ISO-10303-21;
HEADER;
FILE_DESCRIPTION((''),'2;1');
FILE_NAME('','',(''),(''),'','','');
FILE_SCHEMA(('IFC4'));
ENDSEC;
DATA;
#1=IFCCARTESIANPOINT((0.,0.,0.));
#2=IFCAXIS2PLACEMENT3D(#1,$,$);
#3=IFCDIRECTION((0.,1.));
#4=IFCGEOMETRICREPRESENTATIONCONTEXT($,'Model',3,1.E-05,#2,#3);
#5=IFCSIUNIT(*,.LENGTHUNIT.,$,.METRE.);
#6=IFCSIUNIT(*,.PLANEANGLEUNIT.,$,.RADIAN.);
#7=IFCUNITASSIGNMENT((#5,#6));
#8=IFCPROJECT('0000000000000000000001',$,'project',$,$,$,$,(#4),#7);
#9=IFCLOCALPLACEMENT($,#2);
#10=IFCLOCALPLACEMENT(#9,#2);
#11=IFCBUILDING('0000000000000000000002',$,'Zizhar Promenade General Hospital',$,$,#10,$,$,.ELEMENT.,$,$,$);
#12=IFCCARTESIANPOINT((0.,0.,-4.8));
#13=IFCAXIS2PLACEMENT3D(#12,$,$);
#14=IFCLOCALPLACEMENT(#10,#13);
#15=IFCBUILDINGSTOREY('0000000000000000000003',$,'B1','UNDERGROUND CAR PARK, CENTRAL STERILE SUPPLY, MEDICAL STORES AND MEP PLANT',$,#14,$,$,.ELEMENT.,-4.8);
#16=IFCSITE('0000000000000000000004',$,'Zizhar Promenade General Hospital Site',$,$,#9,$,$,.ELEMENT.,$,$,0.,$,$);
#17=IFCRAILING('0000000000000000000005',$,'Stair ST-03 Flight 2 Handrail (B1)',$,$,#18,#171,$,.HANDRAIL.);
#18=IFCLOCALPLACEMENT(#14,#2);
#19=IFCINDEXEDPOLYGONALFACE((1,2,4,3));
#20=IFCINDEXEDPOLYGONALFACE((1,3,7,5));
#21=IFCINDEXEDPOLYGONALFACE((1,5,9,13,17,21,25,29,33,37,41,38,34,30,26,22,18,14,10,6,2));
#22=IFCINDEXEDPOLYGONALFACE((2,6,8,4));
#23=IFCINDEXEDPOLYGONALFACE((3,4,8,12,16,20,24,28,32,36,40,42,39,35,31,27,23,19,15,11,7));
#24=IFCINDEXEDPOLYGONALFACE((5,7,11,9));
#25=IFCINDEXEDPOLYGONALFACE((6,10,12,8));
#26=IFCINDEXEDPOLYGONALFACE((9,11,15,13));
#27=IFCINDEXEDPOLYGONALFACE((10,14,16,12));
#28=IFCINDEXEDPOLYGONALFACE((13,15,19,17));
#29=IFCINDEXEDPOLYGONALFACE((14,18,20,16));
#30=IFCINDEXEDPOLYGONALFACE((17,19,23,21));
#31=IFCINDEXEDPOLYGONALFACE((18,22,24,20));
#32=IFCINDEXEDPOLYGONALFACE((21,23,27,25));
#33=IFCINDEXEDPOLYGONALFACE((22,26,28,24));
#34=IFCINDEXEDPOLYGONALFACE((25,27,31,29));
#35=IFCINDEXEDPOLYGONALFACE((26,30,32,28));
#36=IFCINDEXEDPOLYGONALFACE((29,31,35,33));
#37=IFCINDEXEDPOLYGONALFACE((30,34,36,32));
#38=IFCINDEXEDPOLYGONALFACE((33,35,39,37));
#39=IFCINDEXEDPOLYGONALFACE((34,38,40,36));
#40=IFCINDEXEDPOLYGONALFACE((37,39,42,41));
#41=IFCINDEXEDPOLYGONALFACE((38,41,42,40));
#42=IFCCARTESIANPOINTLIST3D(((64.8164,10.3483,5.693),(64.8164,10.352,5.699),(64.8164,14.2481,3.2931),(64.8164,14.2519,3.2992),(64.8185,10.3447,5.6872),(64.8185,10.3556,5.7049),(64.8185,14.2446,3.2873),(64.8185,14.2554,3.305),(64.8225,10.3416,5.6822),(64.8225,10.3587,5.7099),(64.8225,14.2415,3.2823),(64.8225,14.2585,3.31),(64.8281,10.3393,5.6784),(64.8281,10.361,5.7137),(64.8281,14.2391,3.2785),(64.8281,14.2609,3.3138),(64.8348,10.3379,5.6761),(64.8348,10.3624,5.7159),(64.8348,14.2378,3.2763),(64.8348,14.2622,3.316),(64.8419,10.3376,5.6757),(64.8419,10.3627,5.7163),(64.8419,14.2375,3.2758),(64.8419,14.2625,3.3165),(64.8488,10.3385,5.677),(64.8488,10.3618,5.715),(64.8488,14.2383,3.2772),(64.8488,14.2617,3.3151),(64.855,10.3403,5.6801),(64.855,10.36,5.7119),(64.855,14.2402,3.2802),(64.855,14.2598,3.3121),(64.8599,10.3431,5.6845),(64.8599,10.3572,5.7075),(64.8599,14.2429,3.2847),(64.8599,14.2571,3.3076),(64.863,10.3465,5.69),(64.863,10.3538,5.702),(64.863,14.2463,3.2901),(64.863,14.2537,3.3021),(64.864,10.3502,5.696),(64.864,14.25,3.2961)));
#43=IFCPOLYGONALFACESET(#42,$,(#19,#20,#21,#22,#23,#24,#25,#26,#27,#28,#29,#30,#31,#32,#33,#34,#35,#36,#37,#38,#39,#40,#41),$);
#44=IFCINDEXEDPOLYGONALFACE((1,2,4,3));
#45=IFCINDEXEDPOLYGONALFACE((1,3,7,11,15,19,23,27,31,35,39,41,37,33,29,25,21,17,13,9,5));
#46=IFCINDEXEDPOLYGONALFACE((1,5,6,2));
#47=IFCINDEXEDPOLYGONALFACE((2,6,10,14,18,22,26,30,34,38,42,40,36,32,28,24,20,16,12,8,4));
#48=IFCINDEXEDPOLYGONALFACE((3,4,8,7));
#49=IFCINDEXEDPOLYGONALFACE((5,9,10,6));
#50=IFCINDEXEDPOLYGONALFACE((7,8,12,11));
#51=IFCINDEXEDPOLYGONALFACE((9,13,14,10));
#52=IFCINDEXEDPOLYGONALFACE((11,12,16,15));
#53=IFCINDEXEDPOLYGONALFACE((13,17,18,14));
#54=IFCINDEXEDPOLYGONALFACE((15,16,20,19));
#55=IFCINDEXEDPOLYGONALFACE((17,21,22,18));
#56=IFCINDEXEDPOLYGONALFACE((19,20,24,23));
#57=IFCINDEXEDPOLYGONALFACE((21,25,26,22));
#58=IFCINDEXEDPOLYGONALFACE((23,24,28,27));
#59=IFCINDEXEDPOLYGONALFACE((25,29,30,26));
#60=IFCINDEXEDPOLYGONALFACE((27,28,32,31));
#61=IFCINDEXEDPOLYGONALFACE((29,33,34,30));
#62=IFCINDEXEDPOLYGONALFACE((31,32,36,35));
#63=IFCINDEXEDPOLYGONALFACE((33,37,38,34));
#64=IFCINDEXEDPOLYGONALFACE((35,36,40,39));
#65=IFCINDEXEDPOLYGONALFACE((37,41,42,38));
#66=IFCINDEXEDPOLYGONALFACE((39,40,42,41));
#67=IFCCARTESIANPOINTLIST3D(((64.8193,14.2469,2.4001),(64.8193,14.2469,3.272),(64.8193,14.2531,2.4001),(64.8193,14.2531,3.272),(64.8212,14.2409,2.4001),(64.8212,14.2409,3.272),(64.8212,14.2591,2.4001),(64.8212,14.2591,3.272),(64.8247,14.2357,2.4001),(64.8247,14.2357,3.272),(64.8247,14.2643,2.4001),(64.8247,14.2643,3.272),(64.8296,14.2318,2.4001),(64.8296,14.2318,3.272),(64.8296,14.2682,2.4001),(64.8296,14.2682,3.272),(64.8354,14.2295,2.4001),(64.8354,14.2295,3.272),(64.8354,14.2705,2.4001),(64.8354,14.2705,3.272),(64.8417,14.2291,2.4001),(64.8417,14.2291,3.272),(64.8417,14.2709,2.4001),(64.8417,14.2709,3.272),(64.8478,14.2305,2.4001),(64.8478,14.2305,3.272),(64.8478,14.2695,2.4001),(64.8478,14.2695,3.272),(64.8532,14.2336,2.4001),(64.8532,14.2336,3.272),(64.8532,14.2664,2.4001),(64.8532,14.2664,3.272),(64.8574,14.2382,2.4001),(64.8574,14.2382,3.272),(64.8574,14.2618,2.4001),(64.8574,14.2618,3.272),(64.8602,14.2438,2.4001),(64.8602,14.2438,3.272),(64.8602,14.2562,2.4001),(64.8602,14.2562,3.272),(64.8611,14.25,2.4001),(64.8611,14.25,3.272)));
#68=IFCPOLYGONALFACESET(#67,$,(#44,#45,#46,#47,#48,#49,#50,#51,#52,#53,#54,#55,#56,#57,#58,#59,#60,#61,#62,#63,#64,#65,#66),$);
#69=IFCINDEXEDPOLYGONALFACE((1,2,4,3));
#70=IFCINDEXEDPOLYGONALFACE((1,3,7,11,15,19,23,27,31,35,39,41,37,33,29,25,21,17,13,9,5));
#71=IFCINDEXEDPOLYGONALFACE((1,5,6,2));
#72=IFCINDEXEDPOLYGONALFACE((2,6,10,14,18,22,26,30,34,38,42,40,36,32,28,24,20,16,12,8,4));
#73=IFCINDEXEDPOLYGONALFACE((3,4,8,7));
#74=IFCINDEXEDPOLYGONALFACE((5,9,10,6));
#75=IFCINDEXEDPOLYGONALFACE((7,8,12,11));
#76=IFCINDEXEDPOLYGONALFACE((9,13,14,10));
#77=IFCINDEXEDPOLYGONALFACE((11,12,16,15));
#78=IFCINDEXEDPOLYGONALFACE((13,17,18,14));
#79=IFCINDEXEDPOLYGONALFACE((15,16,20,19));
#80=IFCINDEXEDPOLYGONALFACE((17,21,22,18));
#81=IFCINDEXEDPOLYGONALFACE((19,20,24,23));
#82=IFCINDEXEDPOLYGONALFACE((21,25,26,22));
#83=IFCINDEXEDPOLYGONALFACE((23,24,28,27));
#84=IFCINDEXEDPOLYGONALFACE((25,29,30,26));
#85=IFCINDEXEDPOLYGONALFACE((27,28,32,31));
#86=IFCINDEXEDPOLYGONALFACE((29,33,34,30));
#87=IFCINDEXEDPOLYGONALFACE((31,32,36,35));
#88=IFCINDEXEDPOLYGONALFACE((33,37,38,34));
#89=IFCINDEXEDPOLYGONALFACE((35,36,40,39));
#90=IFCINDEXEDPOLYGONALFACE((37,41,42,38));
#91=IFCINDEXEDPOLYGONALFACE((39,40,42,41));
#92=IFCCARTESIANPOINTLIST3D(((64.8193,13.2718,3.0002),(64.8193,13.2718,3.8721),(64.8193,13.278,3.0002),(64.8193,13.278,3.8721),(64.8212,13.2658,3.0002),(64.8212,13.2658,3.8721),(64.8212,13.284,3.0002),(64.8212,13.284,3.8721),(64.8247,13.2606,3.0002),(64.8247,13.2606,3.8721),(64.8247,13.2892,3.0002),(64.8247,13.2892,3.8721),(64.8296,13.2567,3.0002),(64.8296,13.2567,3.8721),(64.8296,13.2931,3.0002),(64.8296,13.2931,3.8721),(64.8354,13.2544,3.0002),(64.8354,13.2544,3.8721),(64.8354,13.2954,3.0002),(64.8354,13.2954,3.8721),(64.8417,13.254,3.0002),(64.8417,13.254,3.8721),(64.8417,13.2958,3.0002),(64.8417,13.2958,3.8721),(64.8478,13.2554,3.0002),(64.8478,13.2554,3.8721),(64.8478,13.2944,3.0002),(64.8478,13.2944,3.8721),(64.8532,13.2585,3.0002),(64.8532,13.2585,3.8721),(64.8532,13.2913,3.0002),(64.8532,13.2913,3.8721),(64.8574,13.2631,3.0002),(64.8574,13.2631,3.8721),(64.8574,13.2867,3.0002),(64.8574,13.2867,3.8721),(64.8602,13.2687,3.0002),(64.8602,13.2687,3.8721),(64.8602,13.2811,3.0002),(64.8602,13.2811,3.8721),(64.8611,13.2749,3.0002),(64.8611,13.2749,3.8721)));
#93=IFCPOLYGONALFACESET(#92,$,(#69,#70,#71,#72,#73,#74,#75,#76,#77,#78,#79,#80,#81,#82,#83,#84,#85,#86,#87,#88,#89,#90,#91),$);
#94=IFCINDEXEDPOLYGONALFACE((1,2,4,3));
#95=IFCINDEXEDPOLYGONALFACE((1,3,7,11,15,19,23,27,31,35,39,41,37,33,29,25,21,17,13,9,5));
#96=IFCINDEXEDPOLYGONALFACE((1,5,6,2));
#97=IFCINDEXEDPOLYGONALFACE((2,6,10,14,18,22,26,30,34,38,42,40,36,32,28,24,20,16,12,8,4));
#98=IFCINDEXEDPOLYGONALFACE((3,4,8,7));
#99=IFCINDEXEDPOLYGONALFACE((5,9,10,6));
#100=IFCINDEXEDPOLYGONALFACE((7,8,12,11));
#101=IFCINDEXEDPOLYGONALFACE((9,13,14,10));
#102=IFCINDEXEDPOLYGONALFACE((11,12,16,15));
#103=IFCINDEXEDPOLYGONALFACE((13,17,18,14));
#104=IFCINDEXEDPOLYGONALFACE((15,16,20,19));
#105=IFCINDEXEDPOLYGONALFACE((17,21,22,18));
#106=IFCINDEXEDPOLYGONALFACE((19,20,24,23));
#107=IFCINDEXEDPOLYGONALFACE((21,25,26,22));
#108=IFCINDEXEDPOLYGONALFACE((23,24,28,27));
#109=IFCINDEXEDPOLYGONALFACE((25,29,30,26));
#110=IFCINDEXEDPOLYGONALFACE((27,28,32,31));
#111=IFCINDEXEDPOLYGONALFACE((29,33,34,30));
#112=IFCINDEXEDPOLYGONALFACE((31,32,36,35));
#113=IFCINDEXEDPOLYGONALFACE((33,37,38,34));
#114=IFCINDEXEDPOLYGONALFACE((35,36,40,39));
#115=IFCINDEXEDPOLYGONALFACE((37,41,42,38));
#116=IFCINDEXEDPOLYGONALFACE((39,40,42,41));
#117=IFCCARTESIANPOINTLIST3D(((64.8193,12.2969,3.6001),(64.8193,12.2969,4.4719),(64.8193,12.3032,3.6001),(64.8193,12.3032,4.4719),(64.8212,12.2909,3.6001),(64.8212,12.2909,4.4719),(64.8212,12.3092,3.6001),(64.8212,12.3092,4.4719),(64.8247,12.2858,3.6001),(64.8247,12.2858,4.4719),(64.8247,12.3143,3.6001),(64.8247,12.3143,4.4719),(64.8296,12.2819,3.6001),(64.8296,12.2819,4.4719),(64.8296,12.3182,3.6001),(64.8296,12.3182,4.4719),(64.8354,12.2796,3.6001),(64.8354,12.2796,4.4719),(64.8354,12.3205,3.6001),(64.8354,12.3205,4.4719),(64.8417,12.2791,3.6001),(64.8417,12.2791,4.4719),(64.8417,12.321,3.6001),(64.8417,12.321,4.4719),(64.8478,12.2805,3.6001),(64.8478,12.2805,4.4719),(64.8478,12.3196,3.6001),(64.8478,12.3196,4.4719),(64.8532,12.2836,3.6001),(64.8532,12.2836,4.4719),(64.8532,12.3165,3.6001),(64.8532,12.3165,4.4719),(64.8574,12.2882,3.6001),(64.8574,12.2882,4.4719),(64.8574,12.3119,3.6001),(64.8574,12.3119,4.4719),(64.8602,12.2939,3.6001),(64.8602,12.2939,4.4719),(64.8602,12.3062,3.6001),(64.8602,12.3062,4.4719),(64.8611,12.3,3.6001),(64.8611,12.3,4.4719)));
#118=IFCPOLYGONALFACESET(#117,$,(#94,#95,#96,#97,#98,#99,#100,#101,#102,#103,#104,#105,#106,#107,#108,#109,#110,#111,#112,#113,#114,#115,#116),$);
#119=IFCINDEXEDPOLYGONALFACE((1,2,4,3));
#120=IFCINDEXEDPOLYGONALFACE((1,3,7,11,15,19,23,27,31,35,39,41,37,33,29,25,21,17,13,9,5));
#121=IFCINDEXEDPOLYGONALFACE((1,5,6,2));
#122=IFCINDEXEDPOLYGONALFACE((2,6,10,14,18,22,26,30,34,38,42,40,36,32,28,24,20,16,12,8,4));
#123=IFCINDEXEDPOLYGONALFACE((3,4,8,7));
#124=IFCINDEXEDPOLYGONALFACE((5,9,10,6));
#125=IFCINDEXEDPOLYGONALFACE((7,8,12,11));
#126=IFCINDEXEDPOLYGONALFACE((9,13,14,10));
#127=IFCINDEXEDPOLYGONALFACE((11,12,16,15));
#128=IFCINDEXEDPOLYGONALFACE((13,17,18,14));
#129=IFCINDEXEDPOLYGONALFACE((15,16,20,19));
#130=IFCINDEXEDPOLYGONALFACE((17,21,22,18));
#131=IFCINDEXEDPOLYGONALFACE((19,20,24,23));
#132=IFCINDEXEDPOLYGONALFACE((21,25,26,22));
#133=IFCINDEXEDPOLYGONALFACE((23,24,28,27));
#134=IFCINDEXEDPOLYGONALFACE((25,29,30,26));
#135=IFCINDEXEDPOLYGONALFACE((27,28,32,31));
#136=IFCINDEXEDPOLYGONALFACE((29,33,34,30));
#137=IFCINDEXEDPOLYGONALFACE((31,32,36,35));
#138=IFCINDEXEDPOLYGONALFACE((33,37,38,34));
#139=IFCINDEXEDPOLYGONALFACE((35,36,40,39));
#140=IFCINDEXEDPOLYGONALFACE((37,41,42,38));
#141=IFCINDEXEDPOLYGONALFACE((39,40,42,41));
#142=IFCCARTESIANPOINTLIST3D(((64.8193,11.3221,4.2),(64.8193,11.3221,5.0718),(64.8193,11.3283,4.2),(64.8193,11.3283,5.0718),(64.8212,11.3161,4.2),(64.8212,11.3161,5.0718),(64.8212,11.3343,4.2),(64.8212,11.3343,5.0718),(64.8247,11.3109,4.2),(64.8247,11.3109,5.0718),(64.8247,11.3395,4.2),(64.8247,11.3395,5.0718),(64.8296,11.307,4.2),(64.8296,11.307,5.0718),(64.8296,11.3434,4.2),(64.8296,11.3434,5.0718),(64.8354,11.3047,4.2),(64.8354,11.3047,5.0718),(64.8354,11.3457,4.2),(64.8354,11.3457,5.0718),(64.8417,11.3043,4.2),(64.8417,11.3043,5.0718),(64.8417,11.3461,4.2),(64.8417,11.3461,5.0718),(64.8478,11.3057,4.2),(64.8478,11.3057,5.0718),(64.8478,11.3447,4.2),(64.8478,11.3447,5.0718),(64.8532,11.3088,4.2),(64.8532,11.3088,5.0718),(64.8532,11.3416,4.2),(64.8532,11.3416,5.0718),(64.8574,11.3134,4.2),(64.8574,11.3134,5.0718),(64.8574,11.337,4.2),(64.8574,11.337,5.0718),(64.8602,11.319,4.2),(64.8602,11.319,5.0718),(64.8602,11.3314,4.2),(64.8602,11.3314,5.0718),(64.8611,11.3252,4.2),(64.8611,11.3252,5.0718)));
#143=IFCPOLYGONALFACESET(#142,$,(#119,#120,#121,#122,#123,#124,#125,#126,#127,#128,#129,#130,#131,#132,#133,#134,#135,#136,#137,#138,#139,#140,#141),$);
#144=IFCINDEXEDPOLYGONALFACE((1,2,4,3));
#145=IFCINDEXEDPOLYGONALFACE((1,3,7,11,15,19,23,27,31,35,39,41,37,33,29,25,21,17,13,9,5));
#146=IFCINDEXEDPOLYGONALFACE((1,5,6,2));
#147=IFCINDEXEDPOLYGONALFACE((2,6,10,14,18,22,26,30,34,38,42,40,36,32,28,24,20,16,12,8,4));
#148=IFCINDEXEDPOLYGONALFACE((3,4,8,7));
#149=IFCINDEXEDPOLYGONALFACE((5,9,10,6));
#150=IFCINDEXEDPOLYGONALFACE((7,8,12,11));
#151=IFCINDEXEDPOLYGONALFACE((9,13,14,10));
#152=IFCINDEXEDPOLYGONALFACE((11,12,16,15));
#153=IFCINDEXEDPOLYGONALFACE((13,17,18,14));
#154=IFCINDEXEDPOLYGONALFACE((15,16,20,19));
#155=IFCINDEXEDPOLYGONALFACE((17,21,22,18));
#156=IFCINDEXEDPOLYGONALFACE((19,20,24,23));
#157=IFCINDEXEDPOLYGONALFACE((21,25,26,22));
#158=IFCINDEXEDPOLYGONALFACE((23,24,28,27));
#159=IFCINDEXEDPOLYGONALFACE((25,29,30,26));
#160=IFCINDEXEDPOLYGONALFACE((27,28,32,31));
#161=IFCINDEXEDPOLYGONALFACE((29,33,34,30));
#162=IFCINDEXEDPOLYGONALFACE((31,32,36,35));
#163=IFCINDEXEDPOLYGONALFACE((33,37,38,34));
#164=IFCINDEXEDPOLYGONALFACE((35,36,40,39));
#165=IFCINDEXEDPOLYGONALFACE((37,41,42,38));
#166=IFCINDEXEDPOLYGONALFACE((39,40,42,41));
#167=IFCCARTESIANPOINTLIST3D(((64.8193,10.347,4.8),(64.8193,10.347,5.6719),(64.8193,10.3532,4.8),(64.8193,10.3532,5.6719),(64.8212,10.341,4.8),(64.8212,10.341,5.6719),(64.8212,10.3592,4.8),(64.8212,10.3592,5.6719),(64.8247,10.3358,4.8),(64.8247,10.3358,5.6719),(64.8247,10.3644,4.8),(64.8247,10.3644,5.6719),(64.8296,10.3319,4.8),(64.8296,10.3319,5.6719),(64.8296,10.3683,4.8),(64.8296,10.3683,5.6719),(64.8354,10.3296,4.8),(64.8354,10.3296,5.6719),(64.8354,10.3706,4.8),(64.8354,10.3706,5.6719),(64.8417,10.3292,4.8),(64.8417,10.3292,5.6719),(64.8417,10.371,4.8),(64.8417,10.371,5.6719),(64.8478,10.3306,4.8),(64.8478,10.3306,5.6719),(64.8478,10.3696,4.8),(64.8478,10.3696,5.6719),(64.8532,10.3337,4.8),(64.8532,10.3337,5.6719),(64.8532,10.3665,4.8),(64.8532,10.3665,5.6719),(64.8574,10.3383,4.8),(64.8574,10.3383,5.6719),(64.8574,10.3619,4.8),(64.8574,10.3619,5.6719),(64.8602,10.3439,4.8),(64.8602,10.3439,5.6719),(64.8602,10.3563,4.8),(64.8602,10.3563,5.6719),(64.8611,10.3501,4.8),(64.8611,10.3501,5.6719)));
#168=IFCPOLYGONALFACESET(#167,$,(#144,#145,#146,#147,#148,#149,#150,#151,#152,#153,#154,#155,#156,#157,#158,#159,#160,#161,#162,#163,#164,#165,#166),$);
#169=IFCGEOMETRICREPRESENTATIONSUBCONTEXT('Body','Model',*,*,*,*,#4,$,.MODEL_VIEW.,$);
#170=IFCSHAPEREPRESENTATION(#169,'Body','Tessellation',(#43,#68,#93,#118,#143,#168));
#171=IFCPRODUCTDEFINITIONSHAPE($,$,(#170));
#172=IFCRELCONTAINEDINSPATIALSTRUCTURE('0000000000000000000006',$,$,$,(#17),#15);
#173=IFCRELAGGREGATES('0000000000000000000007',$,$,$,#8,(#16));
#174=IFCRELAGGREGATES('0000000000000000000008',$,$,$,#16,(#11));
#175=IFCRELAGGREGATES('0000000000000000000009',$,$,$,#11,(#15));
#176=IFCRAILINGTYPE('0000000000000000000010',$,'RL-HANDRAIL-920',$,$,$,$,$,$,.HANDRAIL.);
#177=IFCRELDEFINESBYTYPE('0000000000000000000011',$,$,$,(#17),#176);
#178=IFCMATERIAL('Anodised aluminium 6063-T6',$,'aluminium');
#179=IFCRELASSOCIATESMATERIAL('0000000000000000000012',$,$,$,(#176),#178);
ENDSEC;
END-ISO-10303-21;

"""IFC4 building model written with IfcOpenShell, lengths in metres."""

from ifc_helpers import new_model, si_unit, direction, frame, origin, origin_2d, place, context, subcontext, project, spatial, circle, hollow_circle, extrude, material, material_profile, profile_set, type_object, element, save


model = new_model("IFC4")

# Units and contexts
model_context = context("Model", 3, precision=1e-05, world=origin(), true_north=direction((0.0, 1.0)))
body_context = subcontext(model_context, "Body", "Model", "MODEL_VIEW")
ifc_project = project(units=[si_unit("LENGTHUNIT", "METRE"), si_unit("PLANEANGLEUNIT", "RADIAN")], contexts=[model_context])

# Site, building, storey
site_placement = place(None, origin())
site = spatial("IfcSite", under=ifc_project, at=site_placement, Name="Zizhar Promenade General Hospital Site", CompositionType="ELEMENT", RefElevation=0.0)
building_placement = place(site_placement, origin())
building = spatial("IfcBuilding", under=site, at=building_placement, Name="Zizhar Promenade General Hospital", CompositionType="ELEMENT")
storey_placement = place(building_placement, frame((0.0, 0.0, -4.8)))
storey = spatial("IfcBuildingStorey", under=building, at=storey_placement, Name="B1", Description="UNDERGROUND CAR PARK, CENTRAL STERILE SUPPLY, MEDICAL STORES AND MEP PLANT", CompositionType="ELEMENT", Elevation=-4.8)

# Railing
ifc_material_1 = material(Name="Anodised aluminium 6063-T6", Category="aluminium")
ifc_material_profile_1 = material_profile(ifc_material_1, hollow_circle(Radius=0.0698, WallThickness=0.0063, at=origin_2d()))
ifc_profile_set_1 = profile_set([ifc_material_profile_1], Name="Anodised aluminium 6063-T6")
railing_type_1 = type_object("IfcRailingType", Name="RL-HANDRAIL-920", PredefinedType="HANDRAIL", material=ifc_profile_set_1)
railing_1_placement = place(storey_placement, frame((64.8401, 14.25, 2.4001)))
element("IfcRailing", 1, at=railing_1_placement, inside=storey, type_object=railing_type_1, Name="Stair ST-03 Flight 2 Handrail (B1)", PredefinedType="HANDRAIL", context=body_context, shape_type="SweptSolid", body=[
    extrude(circle(Radius=0.0239, at=origin_2d()), frame((0.0, 0.0, 0.896), z_axis=(0.0, -0.851662, 0.524091), x_axis=(1.0, 0.0, 0.0)), (0.0, 0.0, 1.0), 4.5791),
    extrude(circle(Radius=0.021, at=origin_2d()), origin(), (0.0, 0.0, 1.0), 0.8718),
    extrude(circle(Radius=0.021, at=origin_2d()), frame((0.0, -0.9751, 0.6001)), (0.0, 0.0, 1.0), 0.8718),
    extrude(circle(Radius=0.021, at=origin_2d()), frame((0.0, -1.95, 1.2)), (0.0, 0.0, 1.0), 0.8718),
    extrude(circle(Radius=0.021, at=origin_2d()), frame((0.0, -2.9248, 1.7998)), (0.0, 0.0, 1.0), 0.8718),
    extrude(circle(Radius=0.021, at=origin_2d()), frame((0.0, -3.8999, 2.3999)), (0.0, 0.0, 1.0), 0.8718),
])

save(model, "model.ifc")
